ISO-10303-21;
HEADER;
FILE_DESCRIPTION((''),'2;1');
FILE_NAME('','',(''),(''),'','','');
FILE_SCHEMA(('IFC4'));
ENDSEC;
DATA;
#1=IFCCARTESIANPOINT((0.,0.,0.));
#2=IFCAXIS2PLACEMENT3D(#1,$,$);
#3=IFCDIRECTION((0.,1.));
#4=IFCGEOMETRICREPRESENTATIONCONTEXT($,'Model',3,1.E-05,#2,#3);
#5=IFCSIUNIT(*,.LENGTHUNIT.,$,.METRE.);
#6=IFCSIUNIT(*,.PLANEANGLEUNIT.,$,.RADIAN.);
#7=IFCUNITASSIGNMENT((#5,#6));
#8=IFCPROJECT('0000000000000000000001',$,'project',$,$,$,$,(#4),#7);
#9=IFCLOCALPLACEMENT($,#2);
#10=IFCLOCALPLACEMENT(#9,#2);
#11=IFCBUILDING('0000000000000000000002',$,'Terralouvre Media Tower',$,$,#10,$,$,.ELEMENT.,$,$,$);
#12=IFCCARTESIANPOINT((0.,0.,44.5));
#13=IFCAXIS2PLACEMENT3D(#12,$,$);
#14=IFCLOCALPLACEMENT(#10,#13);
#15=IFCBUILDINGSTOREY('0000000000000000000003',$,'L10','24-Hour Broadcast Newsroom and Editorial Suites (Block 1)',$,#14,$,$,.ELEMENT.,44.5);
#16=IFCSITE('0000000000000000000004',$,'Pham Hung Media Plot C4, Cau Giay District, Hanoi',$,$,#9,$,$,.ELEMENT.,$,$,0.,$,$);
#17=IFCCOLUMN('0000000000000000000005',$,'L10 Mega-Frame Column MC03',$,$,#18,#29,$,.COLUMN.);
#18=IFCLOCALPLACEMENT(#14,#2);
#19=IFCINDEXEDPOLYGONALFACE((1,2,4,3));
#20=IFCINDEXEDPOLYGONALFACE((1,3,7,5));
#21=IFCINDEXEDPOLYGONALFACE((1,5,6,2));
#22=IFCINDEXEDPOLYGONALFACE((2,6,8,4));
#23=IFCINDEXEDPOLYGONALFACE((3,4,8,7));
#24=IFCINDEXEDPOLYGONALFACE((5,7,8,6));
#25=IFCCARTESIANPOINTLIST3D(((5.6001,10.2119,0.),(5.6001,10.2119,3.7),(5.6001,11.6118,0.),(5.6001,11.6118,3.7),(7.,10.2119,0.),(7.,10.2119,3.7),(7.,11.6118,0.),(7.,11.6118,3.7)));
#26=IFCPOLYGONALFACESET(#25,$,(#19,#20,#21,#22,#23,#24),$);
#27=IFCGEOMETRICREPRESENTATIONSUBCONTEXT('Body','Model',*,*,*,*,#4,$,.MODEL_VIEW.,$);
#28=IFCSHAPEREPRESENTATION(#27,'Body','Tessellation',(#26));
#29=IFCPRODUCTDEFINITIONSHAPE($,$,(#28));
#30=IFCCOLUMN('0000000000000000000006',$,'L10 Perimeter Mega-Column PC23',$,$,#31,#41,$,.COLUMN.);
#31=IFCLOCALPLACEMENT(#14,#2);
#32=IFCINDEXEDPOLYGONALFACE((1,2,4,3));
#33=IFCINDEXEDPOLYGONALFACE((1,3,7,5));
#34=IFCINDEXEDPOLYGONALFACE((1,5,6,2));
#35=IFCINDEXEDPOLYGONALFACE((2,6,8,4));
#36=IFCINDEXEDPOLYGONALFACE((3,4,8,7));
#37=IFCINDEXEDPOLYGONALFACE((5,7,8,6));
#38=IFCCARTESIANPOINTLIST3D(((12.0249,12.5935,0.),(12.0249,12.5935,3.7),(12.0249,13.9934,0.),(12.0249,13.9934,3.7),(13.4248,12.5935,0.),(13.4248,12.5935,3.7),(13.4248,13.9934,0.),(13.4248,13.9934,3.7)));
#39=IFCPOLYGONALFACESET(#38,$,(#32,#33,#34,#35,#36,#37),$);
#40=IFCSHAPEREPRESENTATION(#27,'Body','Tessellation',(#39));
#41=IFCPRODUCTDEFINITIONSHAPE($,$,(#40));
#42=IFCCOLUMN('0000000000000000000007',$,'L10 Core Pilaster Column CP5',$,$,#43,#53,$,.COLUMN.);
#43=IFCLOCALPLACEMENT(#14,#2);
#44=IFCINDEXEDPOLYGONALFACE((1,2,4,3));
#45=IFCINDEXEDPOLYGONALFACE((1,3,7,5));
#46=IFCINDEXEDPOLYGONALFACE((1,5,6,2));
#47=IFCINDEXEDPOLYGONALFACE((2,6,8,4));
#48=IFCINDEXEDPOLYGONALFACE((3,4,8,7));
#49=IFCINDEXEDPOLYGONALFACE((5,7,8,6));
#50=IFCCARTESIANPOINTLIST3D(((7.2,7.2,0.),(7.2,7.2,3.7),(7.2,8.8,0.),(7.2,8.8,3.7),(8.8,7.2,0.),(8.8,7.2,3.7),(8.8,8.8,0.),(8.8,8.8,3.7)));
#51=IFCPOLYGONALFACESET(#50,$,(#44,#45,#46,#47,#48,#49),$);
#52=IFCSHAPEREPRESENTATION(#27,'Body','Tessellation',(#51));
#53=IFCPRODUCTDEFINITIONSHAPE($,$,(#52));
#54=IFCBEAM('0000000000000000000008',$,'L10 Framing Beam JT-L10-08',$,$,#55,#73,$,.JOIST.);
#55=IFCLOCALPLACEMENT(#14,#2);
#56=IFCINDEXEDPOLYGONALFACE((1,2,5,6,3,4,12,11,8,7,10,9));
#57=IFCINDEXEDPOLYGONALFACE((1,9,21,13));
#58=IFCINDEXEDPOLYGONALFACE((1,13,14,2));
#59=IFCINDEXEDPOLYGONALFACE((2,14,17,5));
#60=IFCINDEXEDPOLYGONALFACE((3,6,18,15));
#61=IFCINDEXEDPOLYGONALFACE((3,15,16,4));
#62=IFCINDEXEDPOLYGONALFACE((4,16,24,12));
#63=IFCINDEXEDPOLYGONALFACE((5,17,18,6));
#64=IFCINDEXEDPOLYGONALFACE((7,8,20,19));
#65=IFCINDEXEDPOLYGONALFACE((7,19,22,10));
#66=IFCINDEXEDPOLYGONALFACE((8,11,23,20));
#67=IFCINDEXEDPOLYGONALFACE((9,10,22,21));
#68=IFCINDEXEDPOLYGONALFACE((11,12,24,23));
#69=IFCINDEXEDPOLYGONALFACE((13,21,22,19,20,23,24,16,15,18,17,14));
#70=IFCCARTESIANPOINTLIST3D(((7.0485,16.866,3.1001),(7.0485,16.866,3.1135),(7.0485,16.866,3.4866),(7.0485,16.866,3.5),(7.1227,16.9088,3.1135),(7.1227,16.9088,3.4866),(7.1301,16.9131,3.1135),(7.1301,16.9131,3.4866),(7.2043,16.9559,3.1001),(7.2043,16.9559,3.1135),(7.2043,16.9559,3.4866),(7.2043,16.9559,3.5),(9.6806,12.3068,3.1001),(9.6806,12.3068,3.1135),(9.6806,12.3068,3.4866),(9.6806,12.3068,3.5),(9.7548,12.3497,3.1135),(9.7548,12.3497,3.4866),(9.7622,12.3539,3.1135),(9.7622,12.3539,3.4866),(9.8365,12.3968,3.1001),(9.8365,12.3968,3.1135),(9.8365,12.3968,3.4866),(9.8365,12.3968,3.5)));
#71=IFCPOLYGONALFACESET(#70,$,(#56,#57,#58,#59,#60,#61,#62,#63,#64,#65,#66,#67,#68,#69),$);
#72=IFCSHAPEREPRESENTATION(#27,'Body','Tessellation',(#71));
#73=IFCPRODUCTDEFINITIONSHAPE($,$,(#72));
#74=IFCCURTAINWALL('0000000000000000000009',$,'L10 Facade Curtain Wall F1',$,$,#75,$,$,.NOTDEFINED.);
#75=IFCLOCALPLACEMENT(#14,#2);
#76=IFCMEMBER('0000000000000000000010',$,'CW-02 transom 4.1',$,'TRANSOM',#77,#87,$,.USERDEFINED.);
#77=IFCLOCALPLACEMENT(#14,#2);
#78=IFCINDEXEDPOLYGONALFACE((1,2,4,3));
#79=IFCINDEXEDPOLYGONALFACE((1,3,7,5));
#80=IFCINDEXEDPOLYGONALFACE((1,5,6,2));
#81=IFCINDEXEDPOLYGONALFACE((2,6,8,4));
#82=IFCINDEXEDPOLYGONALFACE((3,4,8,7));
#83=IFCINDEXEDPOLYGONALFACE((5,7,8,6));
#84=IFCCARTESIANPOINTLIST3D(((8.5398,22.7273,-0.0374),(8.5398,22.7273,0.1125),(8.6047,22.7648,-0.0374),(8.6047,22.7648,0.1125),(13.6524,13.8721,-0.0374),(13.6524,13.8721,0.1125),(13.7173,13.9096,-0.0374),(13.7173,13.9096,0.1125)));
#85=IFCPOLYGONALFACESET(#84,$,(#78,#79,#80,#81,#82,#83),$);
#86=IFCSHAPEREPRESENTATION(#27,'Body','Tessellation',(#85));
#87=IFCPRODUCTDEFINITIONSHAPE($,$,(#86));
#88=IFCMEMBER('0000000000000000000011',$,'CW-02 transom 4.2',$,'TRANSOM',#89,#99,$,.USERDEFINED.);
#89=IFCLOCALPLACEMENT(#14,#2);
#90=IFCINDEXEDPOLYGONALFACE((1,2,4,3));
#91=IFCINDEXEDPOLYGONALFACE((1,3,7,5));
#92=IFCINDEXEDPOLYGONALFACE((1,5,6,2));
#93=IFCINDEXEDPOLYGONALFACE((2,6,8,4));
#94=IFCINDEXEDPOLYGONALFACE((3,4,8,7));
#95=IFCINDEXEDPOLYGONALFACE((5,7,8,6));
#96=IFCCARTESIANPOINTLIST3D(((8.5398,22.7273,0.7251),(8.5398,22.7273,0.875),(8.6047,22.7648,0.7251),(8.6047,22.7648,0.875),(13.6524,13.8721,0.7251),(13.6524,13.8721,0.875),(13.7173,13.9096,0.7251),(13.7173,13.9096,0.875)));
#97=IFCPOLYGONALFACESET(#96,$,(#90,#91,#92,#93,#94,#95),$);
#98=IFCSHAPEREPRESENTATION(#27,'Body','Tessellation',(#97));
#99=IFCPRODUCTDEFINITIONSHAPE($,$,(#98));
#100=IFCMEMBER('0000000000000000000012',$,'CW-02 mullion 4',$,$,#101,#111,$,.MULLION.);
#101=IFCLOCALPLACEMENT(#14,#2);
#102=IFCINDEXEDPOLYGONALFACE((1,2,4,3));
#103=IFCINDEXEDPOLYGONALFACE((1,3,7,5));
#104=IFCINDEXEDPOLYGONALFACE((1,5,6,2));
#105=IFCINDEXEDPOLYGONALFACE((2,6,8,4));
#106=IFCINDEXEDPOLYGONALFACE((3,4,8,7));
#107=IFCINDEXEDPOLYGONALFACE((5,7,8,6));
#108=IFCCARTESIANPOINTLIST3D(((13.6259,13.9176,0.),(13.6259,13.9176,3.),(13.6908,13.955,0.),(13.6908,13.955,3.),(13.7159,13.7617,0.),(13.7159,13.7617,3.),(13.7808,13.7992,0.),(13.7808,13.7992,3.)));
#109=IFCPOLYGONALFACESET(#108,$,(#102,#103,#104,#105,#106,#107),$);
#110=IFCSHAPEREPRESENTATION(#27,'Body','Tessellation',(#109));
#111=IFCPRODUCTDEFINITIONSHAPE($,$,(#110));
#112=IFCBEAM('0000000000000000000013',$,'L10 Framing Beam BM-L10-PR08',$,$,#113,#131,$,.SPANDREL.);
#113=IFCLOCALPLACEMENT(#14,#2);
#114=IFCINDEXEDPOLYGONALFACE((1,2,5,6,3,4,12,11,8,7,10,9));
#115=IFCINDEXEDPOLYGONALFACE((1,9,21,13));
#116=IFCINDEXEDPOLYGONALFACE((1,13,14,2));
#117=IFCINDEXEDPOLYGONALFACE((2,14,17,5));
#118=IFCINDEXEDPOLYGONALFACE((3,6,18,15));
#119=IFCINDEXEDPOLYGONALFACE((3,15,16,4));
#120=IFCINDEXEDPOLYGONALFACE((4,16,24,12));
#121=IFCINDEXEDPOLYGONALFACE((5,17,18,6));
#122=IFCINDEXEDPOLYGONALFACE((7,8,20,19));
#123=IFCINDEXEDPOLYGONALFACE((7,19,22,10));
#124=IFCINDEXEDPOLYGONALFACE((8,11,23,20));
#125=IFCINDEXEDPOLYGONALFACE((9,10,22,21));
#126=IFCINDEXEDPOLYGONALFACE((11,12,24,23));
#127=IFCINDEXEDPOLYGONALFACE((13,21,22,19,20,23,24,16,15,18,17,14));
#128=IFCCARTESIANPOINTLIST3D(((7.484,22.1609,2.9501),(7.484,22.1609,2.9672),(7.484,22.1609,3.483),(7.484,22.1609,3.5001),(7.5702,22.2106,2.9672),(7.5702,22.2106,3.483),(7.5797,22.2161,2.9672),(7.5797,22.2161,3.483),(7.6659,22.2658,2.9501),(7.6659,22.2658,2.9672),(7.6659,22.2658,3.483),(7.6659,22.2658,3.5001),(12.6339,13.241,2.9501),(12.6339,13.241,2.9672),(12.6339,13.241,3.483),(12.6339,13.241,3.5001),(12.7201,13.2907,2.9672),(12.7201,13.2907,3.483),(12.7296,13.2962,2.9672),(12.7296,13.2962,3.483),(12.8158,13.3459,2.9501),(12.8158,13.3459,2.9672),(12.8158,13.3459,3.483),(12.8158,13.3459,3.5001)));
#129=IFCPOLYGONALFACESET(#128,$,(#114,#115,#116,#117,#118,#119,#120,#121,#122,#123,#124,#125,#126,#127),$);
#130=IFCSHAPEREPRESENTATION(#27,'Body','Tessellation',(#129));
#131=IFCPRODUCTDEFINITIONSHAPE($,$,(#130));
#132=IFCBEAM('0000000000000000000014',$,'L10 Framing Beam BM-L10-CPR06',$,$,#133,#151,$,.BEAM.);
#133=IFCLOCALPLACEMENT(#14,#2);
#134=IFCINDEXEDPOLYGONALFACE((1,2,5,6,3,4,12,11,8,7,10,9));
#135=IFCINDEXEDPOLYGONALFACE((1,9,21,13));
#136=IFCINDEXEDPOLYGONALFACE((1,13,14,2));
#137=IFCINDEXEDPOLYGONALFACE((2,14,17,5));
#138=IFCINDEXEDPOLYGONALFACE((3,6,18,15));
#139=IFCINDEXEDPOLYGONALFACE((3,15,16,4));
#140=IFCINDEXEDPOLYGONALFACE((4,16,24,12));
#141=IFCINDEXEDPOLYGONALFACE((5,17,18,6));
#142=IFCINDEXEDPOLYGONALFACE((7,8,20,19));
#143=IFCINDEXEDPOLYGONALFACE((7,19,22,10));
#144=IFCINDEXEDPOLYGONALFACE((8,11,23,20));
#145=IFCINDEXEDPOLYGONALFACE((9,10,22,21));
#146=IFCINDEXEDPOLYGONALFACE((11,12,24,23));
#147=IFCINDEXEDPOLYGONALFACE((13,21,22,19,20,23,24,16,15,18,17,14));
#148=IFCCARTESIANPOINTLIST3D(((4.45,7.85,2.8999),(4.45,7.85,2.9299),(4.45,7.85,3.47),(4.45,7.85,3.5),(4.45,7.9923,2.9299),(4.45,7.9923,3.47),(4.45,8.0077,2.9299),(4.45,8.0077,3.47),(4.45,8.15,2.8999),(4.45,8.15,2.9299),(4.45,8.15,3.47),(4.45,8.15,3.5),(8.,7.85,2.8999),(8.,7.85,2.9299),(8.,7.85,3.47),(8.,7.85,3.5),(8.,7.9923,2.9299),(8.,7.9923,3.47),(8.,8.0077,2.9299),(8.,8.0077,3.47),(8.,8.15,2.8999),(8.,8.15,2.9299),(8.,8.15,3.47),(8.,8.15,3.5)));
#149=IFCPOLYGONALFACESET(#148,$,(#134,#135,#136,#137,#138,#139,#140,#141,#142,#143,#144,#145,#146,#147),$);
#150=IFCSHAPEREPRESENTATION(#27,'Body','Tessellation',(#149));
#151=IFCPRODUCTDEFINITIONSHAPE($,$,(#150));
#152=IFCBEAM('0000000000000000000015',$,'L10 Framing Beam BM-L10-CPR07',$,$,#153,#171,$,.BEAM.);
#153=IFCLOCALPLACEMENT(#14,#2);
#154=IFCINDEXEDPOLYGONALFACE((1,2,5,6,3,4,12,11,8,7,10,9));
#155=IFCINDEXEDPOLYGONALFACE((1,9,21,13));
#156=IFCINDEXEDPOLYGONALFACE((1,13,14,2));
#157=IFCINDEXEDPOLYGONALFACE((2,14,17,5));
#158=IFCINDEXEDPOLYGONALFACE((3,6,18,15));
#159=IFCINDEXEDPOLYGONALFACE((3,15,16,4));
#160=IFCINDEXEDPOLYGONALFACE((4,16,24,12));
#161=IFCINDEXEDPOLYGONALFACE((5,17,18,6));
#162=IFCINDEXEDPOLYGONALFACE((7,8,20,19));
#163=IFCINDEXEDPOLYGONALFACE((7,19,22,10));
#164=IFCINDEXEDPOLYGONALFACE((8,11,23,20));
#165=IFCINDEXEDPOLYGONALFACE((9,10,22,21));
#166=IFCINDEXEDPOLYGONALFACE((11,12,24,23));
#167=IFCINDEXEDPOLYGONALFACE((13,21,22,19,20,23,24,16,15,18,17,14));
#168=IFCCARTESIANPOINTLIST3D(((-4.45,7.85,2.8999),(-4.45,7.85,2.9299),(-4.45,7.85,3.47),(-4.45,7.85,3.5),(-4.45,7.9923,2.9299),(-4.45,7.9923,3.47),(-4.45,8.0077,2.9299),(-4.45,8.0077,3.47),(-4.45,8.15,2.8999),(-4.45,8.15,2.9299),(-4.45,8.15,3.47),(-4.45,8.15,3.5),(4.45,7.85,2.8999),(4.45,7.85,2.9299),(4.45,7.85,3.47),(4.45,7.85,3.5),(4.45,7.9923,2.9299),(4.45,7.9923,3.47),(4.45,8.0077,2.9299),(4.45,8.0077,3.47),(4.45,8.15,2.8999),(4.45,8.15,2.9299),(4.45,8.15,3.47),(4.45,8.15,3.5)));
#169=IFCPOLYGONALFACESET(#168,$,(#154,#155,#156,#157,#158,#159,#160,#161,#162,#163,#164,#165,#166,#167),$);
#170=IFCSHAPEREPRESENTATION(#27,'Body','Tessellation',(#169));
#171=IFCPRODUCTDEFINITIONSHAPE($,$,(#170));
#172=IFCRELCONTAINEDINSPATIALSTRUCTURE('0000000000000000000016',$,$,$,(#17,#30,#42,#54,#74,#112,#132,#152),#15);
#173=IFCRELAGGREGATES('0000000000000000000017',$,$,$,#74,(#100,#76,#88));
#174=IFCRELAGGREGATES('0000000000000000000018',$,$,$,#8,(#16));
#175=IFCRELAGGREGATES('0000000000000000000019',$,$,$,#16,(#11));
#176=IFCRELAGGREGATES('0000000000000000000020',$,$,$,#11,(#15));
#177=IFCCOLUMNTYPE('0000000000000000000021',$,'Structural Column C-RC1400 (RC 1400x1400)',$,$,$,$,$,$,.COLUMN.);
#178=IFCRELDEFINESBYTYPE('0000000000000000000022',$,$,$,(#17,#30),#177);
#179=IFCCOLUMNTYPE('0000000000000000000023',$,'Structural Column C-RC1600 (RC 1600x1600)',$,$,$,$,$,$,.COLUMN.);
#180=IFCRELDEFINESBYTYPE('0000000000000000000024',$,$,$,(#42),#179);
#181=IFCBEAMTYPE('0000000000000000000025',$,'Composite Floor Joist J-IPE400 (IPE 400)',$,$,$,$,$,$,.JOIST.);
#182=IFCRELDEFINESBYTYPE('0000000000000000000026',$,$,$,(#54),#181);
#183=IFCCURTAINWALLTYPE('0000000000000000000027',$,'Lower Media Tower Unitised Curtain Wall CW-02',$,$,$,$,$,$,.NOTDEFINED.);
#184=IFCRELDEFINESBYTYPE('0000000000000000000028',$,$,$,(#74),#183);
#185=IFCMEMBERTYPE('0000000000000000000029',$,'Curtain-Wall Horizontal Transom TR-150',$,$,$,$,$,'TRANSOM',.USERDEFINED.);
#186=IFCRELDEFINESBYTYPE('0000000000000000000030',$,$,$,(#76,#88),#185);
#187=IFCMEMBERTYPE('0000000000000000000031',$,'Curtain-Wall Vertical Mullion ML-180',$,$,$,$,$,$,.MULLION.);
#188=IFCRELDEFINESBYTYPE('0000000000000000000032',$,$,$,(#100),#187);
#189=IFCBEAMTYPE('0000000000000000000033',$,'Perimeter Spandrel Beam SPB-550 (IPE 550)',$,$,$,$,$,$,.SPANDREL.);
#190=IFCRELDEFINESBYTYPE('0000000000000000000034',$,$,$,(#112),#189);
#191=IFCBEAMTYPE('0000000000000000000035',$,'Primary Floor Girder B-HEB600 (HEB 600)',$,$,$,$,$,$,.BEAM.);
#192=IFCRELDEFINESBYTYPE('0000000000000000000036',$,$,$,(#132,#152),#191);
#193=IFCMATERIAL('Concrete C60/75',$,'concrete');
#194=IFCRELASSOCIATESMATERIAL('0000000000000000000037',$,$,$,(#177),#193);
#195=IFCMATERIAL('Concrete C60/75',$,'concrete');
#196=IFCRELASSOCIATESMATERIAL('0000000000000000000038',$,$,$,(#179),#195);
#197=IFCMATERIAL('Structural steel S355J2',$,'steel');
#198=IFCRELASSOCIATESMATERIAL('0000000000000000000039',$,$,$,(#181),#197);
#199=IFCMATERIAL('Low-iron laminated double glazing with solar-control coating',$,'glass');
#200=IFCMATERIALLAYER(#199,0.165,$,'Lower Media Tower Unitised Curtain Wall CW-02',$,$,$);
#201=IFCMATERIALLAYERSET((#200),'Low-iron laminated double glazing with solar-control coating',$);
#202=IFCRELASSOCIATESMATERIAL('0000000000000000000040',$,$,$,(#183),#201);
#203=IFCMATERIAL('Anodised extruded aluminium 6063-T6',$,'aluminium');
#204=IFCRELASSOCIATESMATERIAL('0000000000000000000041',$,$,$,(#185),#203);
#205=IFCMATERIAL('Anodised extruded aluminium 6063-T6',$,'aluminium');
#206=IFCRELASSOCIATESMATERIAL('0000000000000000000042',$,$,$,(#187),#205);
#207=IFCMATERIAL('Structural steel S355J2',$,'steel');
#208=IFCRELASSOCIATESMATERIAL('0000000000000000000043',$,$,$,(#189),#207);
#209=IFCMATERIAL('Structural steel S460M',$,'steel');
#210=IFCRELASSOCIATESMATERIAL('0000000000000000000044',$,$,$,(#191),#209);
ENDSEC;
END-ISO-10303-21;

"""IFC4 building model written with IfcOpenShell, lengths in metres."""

from ifc_helpers import new_model, si_unit, direction, frame, origin, origin_2d, place, context, subcontext, project, spatial, rectangle, i_section, extrude, material, layer, layer_set, material_profile, profile_set, type_object, element, aggregate, save


model = new_model("IFC4")

# Units and contexts
model_context = context("Model", 3, precision=1e-05, world=origin(), true_north=direction((0.0, 1.0)))
body_context = subcontext(model_context, "Body", "Model", "MODEL_VIEW")
ifc_project = project(units=[si_unit("LENGTHUNIT", "METRE"), si_unit("PLANEANGLEUNIT", "RADIAN")], contexts=[model_context])

# Site, building, storey
site_placement = place(None, origin())
site = spatial("IfcSite", under=ifc_project, at=site_placement, Name="Pham Hung Media Plot C4, Cau Giay District, Hanoi", CompositionType="ELEMENT", RefElevation=0.0)
building_placement = place(site_placement, origin())
building = spatial("IfcBuilding", under=site, at=building_placement, Name="Terralouvre Media Tower", CompositionType="ELEMENT")
storey_placement = place(building_placement, frame((0.0, 0.0, 44.5)))
storey = spatial("IfcBuildingStorey", under=building, at=storey_placement, Name="L10", Description="24-Hour Broadcast Newsroom and Editorial Suites (Block 1)", CompositionType="ELEMENT", Elevation=44.5)

# Columns
ifc_material_1 = material(Name="Concrete C60/75", Category="concrete")
ifc_material_profile_1 = material_profile(ifc_material_1, rectangle(XDim=1.3999, YDim=1.3999, at=origin_2d()), Name="RC 1400x1400")
ifc_profile_set_1 = profile_set([ifc_material_profile_1], Name="Concrete C60/75")
column_type_1 = type_object("IfcColumnType", Name="Structural Column C-RC1400 (RC 1400x1400)", PredefinedType="COLUMN", material=ifc_profile_set_1)
for number, where, z_axis, x_axis, name in (
    (1, (6.3, 10.9119, 0.0), (0.0, 0.0, 1.0), (1.0, 0.0, 0.0), "L10 Mega-Frame Column MC03"),
    (2, (12.7249, 13.2935, 0.0), (0.0, 0.0, 1.0), (1.0, 0.0, 0.0), "L10 Perimeter Mega-Column PC23"),
):
    element("IfcColumn", number, at=place(storey_placement, frame(where, z_axis=z_axis, x_axis=x_axis)), inside=storey, type_object=column_type_1, Name=name, PredefinedType="COLUMN", context=body_context, shape_type="SweptSolid", body=[
        extrude(rectangle(XDim=1.3999, YDim=1.3999, at=origin_2d()), origin(), (0.0, 0.0, 1.0), 3.7),
    ])
ifc_material_2 = material(Name="Concrete C60/75", Category="concrete")
ifc_material_profile_2 = material_profile(ifc_material_2, rectangle(XDim=1.6001, YDim=1.6001, at=origin_2d()), Name="RC 1600x1600")
ifc_profile_set_2 = profile_set([ifc_material_profile_2], Name="Concrete C60/75")
column_type_2 = type_object("IfcColumnType", Name="Structural Column C-RC1600 (RC 1600x1600)", PredefinedType="COLUMN", material=ifc_profile_set_2)
column_placement = place(storey_placement, frame((8.0, 8.0, 0.0), z_axis=(0.0, 0.0, 1.0), x_axis=(1.0, 0.0, 0.0)))
element("IfcColumn", 3, at=column_placement, inside=storey, type_object=column_type_2, Name="L10 Core Pilaster Column CP5", PredefinedType="COLUMN", context=body_context, shape_type="SweptSolid", body=[
    extrude(rectangle(XDim=1.6001, YDim=1.6001, at=origin_2d()), origin(), (0.0, 0.0, 1.0), 3.7),
])

# Beam
ifc_material_3 = material(Name="Structural steel S355J2", Category="steel")
ifc_material_profile_3 = material_profile(ifc_material_3, i_section(OverallWidth=0.1799, OverallDepth=0.3999, WebThickness=0.0085, FlangeThickness=0.0134, at=origin_2d()), Name="IPE 400")
ifc_profile_set_3 = profile_set([ifc_material_profile_3], Name="Structural steel S355J2")
beam_type_1 = type_object("IfcBeamType", Name="Composite Floor Joist J-IPE400 (IPE 400)", PredefinedType="JOIST", material=ifc_profile_set_3)
beam_1_placement = place(storey_placement, frame((9.7585, 12.3518, 3.3), z_axis=(-0.499985, 0.866034, 0.0), x_axis=(-0.866034, -0.499985, 0.0)))
element("IfcBeam", 4, at=beam_1_placement, inside=storey, type_object=beam_type_1, Name="L10 Framing Beam JT-L10-08", PredefinedType="JOIST", context=body_context, shape_type="SweptSolid", body=[
    extrude(i_section(OverallWidth=0.1799, OverallDepth=0.3999, WebThickness=0.0085, FlangeThickness=0.0134, at=origin_2d()), origin(), (0.0, 0.0, 1.0), 5.2644),
])

# Curtain wall, members
ifc_material_4 = material(Name="Low-iron laminated double glazing with solar-control coating", Category="glass")
ifc_layer_1 = layer(ifc_material_4, 0.165, Name="Lower Media Tower Unitised Curtain Wall CW-02")
ifc_layer_set_1 = layer_set([ifc_layer_1], Name="Low-iron laminated double glazing with solar-control coating")
curtain_wall_type = type_object("IfcCurtainWallType", Name="Lower Media Tower Unitised Curtain Wall CW-02", PredefinedType="NOTDEFINED", material=ifc_layer_set_1)
curtain_wall_placement = place(storey_placement, origin())
curtain_wall = element("IfcCurtainWall", 5, at=curtain_wall_placement, inside=storey, type_object=curtain_wall_type, Name="L10 Facade Curtain Wall F1", PredefinedType="NOTDEFINED")
ifc_material_5 = material(Name="Anodised extruded aluminium 6063-T6", Category="aluminium")
ifc_material_profile_4 = material_profile(ifc_material_5, rectangle(XDim=0.075, YDim=0.1499, at=origin_2d()), Name="ALU 75x150")
ifc_profile_set_4 = profile_set([ifc_material_profile_4], Name="Anodised extruded aluminium 6063-T6")
member_type_1 = type_object("IfcMemberType", Name="Curtain-Wall Horizontal Transom TR-150", ElementType="TRANSOM", PredefinedType="USERDEFINED", material=ifc_profile_set_4)
member_1_placement = place(storey_placement, frame((13.6848, 13.8909, 0.0376), z_axis=(-0.499999, 0.866026, 0.0), x_axis=(-0.866026, -0.499999, 0.0)))
member_1 = element("IfcMember", 6, at=member_1_placement, type_object=member_type_1, Name="CW-02 transom 4.1", ObjectType="TRANSOM", PredefinedType="USERDEFINED", context=body_context, shape_type="SweptSolid", body=[
    extrude(rectangle(XDim=0.075, YDim=0.1499, at=origin_2d()), origin(), (0.0, 0.0, 1.0), 10.2251),
])
member_2_placement = place(storey_placement, frame((13.6848, 13.8909, 0.8), z_axis=(-0.499999, 0.866026, 0.0), x_axis=(-0.866026, -0.499999, 0.0)))
member_2 = element("IfcMember", 7, at=member_2_placement, type_object=member_type_1, Name="CW-02 transom 4.2", ObjectType="TRANSOM", PredefinedType="USERDEFINED", context=body_context, shape_type="SweptSolid", body=[
    extrude(rectangle(XDim=0.075, YDim=0.1499, at=origin_2d()), origin(), (0.0, 0.0, 1.0), 10.2251),
])
ifc_material_6 = material(Name="Anodised extruded aluminium 6063-T6", Category="aluminium")
ifc_material_profile_5 = material_profile(ifc_material_6, rectangle(XDim=0.075, YDim=0.1799, at=origin_2d()), Name="ALU 75x180")
ifc_profile_set_5 = profile_set([ifc_material_profile_5], Name="Anodised extruded aluminium 6063-T6")
member_type_2 = type_object("IfcMemberType", Name="Curtain-Wall Vertical Mullion ML-180", PredefinedType="MULLION", material=ifc_profile_set_5)
member_3_placement = place(storey_placement, frame((13.7034, 13.8584, 0.0), z_axis=(0.0, 0.0, 1.0), x_axis=(-0.866025, -0.5, 0.0)))
member_3 = element("IfcMember", 8, at=member_3_placement, type_object=member_type_2, Name="CW-02 mullion 4", PredefinedType="MULLION", context=body_context, shape_type="SweptSolid", body=[
    extrude(rectangle(XDim=0.075, YDim=0.1799, at=origin_2d()), origin(), (0.0, 0.0, 1.0), 3.0),
])

# Beams
ifc_material_7 = material(Name="Structural steel S355J2", Category="steel")
ifc_material_profile_6 = material_profile(ifc_material_7, i_section(OverallWidth=0.21, OverallDepth=0.55, WebThickness=0.011, FlangeThickness=0.0171, at=origin_2d()), Name="IPE 550")
ifc_profile_set_6 = profile_set([ifc_material_profile_6], Name="Structural steel S355J2")
beam_type_2 = type_object("IfcBeamType", Name="Perimeter Spandrel Beam SPB-550 (IPE 550)", PredefinedType="SPANDREL", material=ifc_profile_set_6)
beam_2_placement = place(storey_placement, frame((12.7249, 13.2935, 3.2251), z_axis=(-0.499999, 0.866026, 0.0), x_axis=(-0.866026, -0.499999, 0.0)))
element("IfcBeam", 9, at=beam_2_placement, inside=storey, type_object=beam_type_2, Name="L10 Framing Beam BM-L10-PR08", PredefinedType="SPANDREL", context=body_context, shape_type="SweptSolid", body=[
    extrude(i_section(OverallWidth=0.21, OverallDepth=0.55, WebThickness=0.011, FlangeThickness=0.0171, at=origin_2d()), origin(), (0.0, 0.0, 1.0), 10.2998),
])
ifc_material_8 = material(Name="Structural steel S460M", Category="steel")
ifc_material_profile_7 = material_profile(ifc_material_8, i_section(OverallWidth=0.3, OverallDepth=0.6001, WebThickness=0.0154, FlangeThickness=0.03, at=origin_2d()), Name="HEB 600")
ifc_profile_set_7 = profile_set([ifc_material_profile_7], Name="Structural steel S460M")
beam_type_3 = type_object("IfcBeamType", Name="Primary Floor Girder B-HEB600 (HEB 600)", PredefinedType="BEAM", material=ifc_profile_set_7)
beam_3_placement = place(storey_placement, frame((8.0, 8.0, 3.2), z_axis=(-1.0, 0.0, 0.0), x_axis=(0.0, -1.0, 0.0)))
element("IfcBeam", 10, at=beam_3_placement, inside=storey, type_object=beam_type_3, Name="L10 Framing Beam BM-L10-CPR06", PredefinedType="BEAM", context=body_context, shape_type="SweptSolid", body=[
    extrude(i_section(OverallWidth=0.3, OverallDepth=0.6001, WebThickness=0.0154, FlangeThickness=0.03, at=origin_2d()), origin(), (0.0, 0.0, 1.0), 3.55),
])
beam_4_placement = place(storey_placement, frame((4.45, 8.0, 3.2), z_axis=(-1.0, 0.0, 0.0), x_axis=(0.0, -1.0, 0.0)))
element("IfcBeam", 11, at=beam_4_placement, inside=storey, type_object=beam_type_3, Name="L10 Framing Beam BM-L10-CPR07", PredefinedType="BEAM", context=body_context, shape_type="SweptSolid", body=[
    extrude(i_section(OverallWidth=0.3, OverallDepth=0.6001, WebThickness=0.0154, FlangeThickness=0.03, at=origin_2d()), origin(), (0.0, 0.0, 1.0), 8.8999),
])

aggregate(curtain_wall, [member_3, member_1, member_2])

save(model, "model.ifc")
